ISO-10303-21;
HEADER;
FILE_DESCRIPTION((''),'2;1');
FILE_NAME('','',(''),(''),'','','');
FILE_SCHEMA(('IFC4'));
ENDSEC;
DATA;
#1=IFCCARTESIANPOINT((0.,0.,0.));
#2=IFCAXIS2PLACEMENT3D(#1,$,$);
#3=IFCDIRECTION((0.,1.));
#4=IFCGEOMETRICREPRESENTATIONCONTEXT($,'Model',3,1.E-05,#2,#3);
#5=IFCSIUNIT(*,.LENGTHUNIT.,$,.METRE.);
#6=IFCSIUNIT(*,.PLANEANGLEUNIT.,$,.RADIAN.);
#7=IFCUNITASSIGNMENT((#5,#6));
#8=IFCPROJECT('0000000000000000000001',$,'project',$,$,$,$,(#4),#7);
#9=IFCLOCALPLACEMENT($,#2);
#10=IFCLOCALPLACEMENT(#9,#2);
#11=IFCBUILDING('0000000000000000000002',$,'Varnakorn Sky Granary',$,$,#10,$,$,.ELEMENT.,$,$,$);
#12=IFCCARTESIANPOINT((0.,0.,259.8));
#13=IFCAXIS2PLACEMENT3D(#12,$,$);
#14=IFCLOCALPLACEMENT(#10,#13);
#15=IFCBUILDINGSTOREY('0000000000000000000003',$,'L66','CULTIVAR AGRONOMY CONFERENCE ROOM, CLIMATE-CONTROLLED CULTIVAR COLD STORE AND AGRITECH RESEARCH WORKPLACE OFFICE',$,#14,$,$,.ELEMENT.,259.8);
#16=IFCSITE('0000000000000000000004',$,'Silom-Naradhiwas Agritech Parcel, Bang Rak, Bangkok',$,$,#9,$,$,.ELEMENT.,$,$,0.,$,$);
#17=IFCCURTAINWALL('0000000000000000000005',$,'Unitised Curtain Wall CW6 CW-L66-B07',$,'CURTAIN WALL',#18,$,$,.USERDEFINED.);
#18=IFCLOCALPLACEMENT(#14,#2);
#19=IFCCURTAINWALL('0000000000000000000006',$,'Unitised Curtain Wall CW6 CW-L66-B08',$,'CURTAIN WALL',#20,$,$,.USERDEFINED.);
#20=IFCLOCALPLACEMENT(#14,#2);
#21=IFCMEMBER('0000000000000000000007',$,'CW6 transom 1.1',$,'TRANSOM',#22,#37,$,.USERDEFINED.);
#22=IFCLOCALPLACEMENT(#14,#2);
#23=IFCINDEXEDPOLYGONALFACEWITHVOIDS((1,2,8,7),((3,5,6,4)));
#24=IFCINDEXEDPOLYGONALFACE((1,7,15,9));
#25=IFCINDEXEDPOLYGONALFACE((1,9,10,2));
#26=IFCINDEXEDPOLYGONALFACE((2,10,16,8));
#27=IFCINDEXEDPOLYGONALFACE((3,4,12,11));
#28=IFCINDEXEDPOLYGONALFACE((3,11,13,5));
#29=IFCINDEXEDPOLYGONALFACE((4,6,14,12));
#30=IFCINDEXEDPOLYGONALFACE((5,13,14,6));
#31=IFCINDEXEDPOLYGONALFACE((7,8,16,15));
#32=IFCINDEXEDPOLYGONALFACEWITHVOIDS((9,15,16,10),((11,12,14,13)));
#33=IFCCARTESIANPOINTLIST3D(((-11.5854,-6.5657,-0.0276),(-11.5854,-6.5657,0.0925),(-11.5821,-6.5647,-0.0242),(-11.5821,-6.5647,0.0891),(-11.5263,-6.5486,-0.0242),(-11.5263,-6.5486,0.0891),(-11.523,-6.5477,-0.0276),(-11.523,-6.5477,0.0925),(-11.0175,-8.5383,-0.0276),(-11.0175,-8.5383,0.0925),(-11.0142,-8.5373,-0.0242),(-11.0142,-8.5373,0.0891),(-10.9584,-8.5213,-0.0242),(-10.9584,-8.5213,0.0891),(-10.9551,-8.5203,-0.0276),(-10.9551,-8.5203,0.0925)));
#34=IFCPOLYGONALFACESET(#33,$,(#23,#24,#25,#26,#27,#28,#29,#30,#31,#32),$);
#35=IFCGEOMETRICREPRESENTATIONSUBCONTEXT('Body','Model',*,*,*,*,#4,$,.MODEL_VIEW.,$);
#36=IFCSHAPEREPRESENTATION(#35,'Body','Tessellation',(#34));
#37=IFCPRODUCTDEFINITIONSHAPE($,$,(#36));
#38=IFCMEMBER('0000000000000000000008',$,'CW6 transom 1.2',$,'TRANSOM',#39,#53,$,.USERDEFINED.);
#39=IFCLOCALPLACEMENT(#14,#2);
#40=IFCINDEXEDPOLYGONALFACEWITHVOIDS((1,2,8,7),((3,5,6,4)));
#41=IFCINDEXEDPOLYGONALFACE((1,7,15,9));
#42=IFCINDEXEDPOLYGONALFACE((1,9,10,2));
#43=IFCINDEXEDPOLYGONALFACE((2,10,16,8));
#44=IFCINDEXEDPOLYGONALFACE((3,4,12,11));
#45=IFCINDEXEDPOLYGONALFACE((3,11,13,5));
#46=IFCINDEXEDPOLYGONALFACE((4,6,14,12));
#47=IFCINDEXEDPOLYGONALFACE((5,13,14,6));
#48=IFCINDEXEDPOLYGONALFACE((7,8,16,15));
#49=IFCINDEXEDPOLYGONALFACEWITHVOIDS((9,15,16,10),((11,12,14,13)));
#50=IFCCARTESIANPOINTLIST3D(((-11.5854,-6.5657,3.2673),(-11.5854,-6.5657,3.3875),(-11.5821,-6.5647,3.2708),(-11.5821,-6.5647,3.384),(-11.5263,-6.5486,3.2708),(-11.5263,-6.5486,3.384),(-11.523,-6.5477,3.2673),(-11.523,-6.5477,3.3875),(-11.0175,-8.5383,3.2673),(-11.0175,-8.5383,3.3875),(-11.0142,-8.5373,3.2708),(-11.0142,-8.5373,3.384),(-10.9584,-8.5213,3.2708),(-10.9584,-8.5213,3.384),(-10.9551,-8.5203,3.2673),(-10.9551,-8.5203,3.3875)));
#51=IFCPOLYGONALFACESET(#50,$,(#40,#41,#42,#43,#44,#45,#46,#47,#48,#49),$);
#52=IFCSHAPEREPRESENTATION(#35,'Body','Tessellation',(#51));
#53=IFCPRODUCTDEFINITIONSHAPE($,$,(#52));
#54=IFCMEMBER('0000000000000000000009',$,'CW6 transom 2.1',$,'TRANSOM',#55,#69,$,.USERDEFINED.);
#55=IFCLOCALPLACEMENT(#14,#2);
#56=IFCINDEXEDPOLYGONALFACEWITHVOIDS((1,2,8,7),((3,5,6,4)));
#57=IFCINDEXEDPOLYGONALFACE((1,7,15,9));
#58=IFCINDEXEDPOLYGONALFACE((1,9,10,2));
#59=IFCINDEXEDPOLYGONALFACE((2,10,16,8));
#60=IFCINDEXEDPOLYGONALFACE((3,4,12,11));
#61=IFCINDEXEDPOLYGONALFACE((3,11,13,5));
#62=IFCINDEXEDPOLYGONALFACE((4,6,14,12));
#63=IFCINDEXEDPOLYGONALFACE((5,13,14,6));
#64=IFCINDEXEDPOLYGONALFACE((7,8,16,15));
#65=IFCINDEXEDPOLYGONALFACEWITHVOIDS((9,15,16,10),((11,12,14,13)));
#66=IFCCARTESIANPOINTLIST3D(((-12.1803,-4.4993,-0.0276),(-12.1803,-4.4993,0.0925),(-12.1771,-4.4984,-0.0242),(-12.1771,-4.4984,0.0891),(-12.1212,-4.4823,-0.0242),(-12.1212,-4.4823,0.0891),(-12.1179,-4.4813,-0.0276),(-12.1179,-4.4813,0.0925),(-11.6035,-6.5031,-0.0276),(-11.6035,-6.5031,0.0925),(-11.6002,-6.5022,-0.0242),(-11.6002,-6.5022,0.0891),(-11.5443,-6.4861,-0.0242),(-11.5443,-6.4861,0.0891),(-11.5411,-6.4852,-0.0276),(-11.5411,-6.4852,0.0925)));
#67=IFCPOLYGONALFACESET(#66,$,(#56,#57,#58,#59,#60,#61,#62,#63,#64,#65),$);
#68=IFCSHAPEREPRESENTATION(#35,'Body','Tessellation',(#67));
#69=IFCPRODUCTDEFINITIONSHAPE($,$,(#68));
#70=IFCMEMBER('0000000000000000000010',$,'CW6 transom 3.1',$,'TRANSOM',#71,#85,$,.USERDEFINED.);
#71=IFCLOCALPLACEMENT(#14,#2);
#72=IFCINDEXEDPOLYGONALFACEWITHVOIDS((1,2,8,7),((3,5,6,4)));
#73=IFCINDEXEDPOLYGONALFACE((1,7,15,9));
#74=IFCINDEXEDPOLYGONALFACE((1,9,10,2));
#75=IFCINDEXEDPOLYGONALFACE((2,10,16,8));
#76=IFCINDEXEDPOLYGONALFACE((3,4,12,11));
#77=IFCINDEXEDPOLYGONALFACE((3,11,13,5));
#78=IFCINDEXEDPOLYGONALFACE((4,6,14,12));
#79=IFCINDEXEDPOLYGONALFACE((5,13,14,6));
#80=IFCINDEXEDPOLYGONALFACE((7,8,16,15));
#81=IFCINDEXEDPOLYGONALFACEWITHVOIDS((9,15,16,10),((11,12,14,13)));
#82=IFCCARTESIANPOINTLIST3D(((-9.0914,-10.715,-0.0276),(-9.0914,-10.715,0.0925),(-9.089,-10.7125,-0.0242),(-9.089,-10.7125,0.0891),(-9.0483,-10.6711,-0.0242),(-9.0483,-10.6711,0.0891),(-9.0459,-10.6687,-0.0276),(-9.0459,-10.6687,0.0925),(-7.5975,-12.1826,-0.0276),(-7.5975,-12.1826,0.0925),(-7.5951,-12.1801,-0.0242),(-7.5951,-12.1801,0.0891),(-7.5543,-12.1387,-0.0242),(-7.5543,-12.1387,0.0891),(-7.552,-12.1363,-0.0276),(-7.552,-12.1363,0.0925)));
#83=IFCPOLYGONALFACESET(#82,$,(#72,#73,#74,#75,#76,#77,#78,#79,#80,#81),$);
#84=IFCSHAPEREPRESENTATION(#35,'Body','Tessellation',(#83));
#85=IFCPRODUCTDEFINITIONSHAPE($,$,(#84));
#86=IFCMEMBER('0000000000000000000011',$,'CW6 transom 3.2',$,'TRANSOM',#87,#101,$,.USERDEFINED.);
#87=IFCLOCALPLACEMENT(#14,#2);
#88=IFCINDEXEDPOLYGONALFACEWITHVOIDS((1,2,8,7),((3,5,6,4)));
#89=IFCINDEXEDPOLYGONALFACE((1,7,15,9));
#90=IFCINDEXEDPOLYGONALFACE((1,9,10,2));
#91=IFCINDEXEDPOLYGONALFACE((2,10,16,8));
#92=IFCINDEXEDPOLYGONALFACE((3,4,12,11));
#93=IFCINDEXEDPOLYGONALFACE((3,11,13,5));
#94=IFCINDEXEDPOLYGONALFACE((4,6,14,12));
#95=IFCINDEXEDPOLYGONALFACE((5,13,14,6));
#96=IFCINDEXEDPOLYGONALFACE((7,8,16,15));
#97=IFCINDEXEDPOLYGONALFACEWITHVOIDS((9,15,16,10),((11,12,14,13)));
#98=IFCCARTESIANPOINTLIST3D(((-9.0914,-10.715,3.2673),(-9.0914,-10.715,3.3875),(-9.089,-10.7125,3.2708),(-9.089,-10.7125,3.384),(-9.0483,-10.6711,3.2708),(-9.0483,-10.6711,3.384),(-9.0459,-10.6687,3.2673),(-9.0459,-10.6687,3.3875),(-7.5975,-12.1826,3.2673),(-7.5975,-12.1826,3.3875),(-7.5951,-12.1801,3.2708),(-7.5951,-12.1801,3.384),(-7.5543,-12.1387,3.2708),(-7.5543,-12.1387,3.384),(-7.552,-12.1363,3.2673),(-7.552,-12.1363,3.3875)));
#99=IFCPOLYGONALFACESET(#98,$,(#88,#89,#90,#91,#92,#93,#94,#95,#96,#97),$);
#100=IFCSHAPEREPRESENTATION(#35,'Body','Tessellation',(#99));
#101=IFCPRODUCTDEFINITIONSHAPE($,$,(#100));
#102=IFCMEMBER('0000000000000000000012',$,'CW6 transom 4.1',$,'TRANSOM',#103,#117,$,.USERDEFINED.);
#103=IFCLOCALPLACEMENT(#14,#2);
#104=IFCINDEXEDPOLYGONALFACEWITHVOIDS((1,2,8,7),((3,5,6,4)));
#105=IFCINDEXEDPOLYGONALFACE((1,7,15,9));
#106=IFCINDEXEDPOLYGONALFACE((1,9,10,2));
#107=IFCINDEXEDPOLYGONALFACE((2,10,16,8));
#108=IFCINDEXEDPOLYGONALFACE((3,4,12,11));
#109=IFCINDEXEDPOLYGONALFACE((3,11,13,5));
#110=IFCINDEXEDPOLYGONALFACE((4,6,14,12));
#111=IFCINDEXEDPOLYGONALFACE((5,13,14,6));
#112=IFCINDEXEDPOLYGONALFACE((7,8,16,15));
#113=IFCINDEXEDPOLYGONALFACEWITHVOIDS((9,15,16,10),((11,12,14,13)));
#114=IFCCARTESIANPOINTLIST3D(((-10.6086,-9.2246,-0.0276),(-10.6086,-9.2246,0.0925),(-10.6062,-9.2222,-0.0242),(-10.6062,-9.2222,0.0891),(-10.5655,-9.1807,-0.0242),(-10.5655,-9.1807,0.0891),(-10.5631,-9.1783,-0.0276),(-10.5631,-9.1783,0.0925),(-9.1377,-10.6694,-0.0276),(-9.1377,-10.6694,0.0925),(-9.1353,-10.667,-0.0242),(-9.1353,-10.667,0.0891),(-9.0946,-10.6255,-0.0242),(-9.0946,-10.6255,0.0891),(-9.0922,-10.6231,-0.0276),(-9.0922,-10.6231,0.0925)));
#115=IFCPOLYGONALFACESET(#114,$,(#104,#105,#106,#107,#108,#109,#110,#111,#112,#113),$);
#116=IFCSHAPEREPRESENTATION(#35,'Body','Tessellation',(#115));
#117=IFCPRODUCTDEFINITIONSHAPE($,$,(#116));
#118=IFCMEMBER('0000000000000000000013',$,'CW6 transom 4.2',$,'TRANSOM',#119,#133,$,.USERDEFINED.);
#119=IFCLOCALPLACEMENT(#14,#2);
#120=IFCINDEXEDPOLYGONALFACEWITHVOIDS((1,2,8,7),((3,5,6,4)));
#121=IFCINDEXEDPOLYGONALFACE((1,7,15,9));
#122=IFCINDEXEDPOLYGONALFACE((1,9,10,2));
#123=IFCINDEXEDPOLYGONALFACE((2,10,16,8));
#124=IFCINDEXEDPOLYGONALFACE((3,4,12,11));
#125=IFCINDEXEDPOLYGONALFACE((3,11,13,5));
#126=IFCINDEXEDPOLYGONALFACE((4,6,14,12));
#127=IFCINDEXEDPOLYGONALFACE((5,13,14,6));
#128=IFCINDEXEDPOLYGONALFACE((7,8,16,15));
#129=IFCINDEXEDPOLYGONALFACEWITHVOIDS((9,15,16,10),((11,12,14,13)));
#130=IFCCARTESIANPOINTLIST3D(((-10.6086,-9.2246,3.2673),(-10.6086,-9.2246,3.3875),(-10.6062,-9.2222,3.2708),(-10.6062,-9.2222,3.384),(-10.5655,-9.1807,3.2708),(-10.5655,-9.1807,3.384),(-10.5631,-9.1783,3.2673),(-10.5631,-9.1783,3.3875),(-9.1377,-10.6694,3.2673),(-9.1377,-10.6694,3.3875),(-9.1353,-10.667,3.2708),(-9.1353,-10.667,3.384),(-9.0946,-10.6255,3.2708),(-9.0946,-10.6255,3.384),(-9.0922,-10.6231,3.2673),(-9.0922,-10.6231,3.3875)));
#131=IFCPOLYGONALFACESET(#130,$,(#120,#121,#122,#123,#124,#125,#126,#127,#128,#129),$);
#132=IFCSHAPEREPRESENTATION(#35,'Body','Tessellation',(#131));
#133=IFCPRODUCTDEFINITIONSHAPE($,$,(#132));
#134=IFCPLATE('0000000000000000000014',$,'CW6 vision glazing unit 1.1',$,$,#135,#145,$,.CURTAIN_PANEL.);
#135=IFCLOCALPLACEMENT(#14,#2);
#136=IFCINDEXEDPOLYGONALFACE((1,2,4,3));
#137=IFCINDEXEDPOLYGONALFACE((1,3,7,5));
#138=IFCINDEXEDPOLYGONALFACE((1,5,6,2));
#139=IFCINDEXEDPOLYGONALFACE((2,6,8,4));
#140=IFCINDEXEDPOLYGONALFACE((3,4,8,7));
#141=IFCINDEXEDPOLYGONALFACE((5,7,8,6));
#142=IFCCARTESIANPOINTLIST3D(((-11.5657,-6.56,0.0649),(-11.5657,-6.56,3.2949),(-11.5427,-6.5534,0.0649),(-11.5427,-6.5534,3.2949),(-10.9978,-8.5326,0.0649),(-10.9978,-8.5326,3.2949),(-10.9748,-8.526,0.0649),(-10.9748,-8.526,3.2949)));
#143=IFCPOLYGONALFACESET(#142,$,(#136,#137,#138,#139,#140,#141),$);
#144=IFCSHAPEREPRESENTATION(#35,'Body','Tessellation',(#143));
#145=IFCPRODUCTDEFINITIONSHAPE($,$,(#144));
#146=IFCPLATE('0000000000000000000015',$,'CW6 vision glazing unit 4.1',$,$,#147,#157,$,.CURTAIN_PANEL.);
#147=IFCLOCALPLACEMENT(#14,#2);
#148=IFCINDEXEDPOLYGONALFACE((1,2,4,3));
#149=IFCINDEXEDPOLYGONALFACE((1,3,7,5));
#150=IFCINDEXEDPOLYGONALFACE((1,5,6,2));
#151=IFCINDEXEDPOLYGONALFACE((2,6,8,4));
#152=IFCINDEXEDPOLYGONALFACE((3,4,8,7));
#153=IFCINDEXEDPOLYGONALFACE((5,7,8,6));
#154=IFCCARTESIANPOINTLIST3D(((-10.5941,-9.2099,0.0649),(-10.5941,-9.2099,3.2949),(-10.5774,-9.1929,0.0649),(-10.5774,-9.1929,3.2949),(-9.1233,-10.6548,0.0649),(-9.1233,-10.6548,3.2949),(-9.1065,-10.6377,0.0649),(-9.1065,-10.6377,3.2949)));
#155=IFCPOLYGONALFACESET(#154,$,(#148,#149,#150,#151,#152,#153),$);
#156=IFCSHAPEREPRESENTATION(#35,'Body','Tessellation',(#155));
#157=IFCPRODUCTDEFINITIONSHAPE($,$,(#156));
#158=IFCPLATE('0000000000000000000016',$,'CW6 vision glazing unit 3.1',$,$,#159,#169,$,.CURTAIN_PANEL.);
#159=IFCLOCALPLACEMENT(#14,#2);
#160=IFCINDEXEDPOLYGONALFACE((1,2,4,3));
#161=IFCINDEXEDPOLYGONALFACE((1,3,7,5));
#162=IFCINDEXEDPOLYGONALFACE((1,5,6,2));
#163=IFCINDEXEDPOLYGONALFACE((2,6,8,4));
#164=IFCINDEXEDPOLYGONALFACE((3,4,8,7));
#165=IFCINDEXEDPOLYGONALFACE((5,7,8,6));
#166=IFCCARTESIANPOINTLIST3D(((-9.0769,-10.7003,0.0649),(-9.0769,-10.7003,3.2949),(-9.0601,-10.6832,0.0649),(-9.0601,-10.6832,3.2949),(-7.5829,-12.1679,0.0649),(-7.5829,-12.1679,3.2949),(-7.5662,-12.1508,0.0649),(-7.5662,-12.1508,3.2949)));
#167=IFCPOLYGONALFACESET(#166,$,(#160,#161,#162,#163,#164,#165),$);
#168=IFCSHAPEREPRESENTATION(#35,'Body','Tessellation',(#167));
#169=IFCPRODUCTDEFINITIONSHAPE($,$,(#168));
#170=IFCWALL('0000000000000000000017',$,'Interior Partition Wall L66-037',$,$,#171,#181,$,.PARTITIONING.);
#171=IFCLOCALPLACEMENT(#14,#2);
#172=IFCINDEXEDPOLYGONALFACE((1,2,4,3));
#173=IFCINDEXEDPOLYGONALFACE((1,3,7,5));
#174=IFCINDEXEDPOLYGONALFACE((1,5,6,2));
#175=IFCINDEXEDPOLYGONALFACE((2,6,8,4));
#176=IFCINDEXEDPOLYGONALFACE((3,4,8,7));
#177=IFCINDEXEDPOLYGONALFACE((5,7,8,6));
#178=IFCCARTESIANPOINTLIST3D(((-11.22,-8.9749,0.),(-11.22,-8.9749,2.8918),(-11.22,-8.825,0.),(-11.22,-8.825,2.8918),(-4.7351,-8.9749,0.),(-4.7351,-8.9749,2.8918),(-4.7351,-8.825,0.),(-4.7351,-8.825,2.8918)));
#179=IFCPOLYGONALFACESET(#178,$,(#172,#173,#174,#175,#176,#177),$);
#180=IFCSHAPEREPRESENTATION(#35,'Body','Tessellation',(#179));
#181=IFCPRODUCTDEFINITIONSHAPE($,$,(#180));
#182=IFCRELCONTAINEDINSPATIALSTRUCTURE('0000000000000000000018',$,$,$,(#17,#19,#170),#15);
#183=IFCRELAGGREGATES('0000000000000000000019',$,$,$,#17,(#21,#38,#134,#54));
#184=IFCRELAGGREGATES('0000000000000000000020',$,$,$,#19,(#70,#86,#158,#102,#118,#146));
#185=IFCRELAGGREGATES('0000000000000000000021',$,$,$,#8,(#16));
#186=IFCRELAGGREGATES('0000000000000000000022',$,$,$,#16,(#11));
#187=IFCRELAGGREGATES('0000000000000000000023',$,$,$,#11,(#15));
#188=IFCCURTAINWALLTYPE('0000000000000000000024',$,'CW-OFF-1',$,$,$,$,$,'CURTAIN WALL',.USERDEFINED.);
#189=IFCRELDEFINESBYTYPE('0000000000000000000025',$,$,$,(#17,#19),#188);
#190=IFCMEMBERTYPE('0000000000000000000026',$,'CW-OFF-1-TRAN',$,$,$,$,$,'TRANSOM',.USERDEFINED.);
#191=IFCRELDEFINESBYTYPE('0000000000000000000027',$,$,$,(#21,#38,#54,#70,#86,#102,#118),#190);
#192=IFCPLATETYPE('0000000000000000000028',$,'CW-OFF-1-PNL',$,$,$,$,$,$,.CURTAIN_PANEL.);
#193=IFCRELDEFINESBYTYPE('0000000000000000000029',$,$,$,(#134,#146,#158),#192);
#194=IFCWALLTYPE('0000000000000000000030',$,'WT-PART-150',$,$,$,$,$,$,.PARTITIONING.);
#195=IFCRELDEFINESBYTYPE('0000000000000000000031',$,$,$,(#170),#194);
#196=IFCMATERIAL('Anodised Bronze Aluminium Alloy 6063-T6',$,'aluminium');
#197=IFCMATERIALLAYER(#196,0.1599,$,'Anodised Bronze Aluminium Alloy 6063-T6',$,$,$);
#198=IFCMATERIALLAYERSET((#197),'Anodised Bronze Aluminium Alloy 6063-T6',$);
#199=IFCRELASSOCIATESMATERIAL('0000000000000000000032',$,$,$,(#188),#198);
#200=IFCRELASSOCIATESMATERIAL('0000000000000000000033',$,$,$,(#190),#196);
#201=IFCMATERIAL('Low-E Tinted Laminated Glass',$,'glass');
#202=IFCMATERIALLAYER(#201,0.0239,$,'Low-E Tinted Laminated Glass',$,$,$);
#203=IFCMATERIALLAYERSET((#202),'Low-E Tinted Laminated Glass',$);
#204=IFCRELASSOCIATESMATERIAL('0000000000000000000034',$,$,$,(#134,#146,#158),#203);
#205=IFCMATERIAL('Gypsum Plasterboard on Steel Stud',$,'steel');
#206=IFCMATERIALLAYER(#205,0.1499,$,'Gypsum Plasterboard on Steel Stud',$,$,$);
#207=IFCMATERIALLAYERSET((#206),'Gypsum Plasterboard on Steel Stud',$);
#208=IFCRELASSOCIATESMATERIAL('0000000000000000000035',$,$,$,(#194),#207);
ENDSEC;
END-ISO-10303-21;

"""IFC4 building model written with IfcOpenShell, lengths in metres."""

from ifc_helpers import new_model, si_unit, direction, frame, frame_2d, origin, origin_2d, place, context, subcontext, project, spatial, rectangle, hollow_rectangle, extrude, source, transform, mapped, material, layer, layer_set, material_profile, profile_set, type_object, type_shapes, element, aggregate, save


model = new_model("IFC4")

# Units and contexts
model_context = context("Model", 3, precision=1e-05, world=origin(), true_north=direction((0.0, 1.0)))
body_context = subcontext(model_context, "Body", "Model", "MODEL_VIEW")
ifc_project = project(units=[si_unit("LENGTHUNIT", "METRE"), si_unit("PLANEANGLEUNIT", "RADIAN")], contexts=[model_context])

# Site, building, storey
site_placement = place(None, origin())
site = spatial("IfcSite", under=ifc_project, at=site_placement, Name="Silom-Naradhiwas Agritech Parcel, Bang Rak, Bangkok", CompositionType="ELEMENT", RefElevation=0.0)
building_placement = place(site_placement, origin())
building = spatial("IfcBuilding", under=site, at=building_placement, Name="Varnakorn Sky Granary", CompositionType="ELEMENT")
storey_placement = place(building_placement, frame((0.0, 0.0, 259.8)))
storey = spatial("IfcBuildingStorey", under=building, at=storey_placement, Name="L66", Description="CULTIVAR AGRONOMY CONFERENCE ROOM, CLIMATE-CONTROLLED CULTIVAR COLD STORE AND AGRITECH RESEARCH WORKPLACE OFFICE", CompositionType="ELEMENT", Elevation=259.8)

# Curtain walls
ifc_material_1 = material(Name="Anodised Bronze Aluminium Alloy 6063-T6", Category="aluminium")
ifc_layer_1 = layer(ifc_material_1, 0.1599, Name="Anodised Bronze Aluminium Alloy 6063-T6")
ifc_layer_set_1 = layer_set([ifc_layer_1], Name="Anodised Bronze Aluminium Alloy 6063-T6")
curtain_wall_type = type_object("IfcCurtainWallType", Name="CW-OFF-1", ElementType="CURTAIN WALL", PredefinedType="USERDEFINED", material=ifc_layer_set_1)
curtain_wall_1_placement = place(storey_placement, origin())
curtain_wall_1 = element("IfcCurtainWall", 1, at=curtain_wall_1_placement, inside=storey, type_object=curtain_wall_type, Name="Unitised Curtain Wall CW6 CW-L66-B07", ObjectType="CURTAIN WALL", PredefinedType="USERDEFINED")
curtain_wall_2_placement = place(storey_placement, origin())
curtain_wall_2 = element("IfcCurtainWall", 2, at=curtain_wall_2_placement, inside=storey, type_object=curtain_wall_type, Name="Unitised Curtain Wall CW6 CW-L66-B08", ObjectType="CURTAIN WALL", PredefinedType="USERDEFINED")

# Members
ifc_material_profile_1 = material_profile(ifc_material_1, hollow_rectangle(XDim=0.0649, YDim=0.1201, WallThickness=0.0034, at=origin_2d()), Name="ALU TRAN 65x120")
ifc_profile_set_1 = profile_set([ifc_material_profile_1], Name="Anodised Bronze Aluminium Alloy 6063-T6")
member_type_1 = type_object("IfcMemberType", Name="CW-OFF-1-TRAN", ElementType="TRANSOM", PredefinedType="USERDEFINED", material=ifc_profile_set_1)
member_1_placement = place(storey_placement, frame((-10.9863, -8.5293, 0.0325), z_axis=(-0.276637, 0.960974, 0.0), x_axis=(-0.960974, -0.276637, 0.0)))
member_1 = element("IfcMember", 3, at=member_1_placement, type_object=member_type_1, Name="CW6 transom 1.1", ObjectType="TRANSOM", PredefinedType="USERDEFINED", context=body_context, shape_type="SweptSolid", body=[
    extrude(hollow_rectangle(XDim=0.0649, YDim=0.1201, WallThickness=0.0034, at=origin_2d()), origin(), (0.0, 0.0, 1.0), 2.0527),
])
member_2_placement = place(storey_placement, frame((-10.9863, -8.5293, 3.3274), z_axis=(-0.276637, 0.960974, 0.0), x_axis=(-0.960974, -0.276637, 0.0)))
member_2 = element("IfcMember", 4, at=member_2_placement, type_object=member_type_1, Name="CW6 transom 1.2", ObjectType="TRANSOM", PredefinedType="USERDEFINED", context=body_context, shape_type="SweptSolid", body=[
    extrude(hollow_rectangle(XDim=0.0649, YDim=0.1201, WallThickness=0.0034, at=origin_2d()), origin(), (0.0, 0.0, 1.0), 2.0527),
])
member_3_placement = place(storey_placement, frame((-11.5723, -6.4941, 0.0325), z_axis=(-0.276653, 0.96097, 0.0), x_axis=(-0.96097, -0.276653, 0.0)))
member_3 = element("IfcMember", 5, at=member_3_placement, type_object=member_type_1, Name="CW6 transom 2.1", ObjectType="TRANSOM", PredefinedType="USERDEFINED", context=body_context, shape_type="SweptSolid", body=[
    extrude(hollow_rectangle(XDim=0.0649, YDim=0.1201, WallThickness=0.0034, at=origin_2d()), origin(), (0.0, 0.0, 1.0), 2.0852),
])
member_4_placement = place(storey_placement, frame((-7.5747, -12.1594, 0.0325), z_axis=(-0.713374, 0.700783, 0.0), x_axis=(-0.700783, -0.713374, 0.0)))
member_4 = element("IfcMember", 6, at=member_4_placement, type_object=member_type_1, Name="CW6 transom 3.1", ObjectType="TRANSOM", PredefinedType="USERDEFINED", context=body_context, shape_type="SweptSolid", body=[
    extrude(hollow_rectangle(XDim=0.0649, YDim=0.1201, WallThickness=0.0034, at=origin_2d()), origin(), (0.0, 0.0, 1.0), 2.0942),
])
member_5_placement = place(storey_placement, frame((-7.5747, -12.1594, 3.3274), z_axis=(-0.713374, 0.700783, 0.0), x_axis=(-0.700783, -0.713374, 0.0)))
member_5 = element("IfcMember", 7, at=member_5_placement, type_object=member_type_1, Name="CW6 transom 3.2", ObjectType="TRANSOM", PredefinedType="USERDEFINED", context=body_context, shape_type="SweptSolid", body=[
    extrude(hollow_rectangle(XDim=0.0649, YDim=0.1201, WallThickness=0.0034, at=origin_2d()), origin(), (0.0, 0.0, 1.0), 2.0942),
])
member_6_placement = place(storey_placement, frame((-9.115, -10.6462, 0.0325), z_axis=(-0.713413, 0.700744, 0.0), x_axis=(-0.700744, -0.713413, 0.0)))
member_6 = element("IfcMember", 8, at=member_6_placement, type_object=member_type_1, Name="CW6 transom 4.1", ObjectType="TRANSOM", PredefinedType="USERDEFINED", context=body_context, shape_type="SweptSolid", body=[
    extrude(hollow_rectangle(XDim=0.0649, YDim=0.1201, WallThickness=0.0034, at=origin_2d()), origin(), (0.0, 0.0, 1.0), 2.0618),
])
member_7_placement = place(storey_placement, frame((-9.115, -10.6462, 3.3274), z_axis=(-0.713413, 0.700744, 0.0), x_axis=(-0.700744, -0.713413, 0.0)))
member_7 = element("IfcMember", 9, at=member_7_placement, type_object=member_type_1, Name="CW6 transom 4.2", ObjectType="TRANSOM", PredefinedType="USERDEFINED", context=body_context, shape_type="SweptSolid", body=[
    extrude(hollow_rectangle(XDim=0.0649, YDim=0.1201, WallThickness=0.0034, at=origin_2d()), origin(), (0.0, 0.0, 1.0), 2.0618),
])

# Plates
ifc_material_2 = material(Name="Low-E Tinted Laminated Glass", Category="glass")
ifc_layer_2 = layer(ifc_material_2, 0.0239, Name="Low-E Tinted Laminated Glass")
ifc_layer_set_2 = layer_set([ifc_layer_2], Name="Low-E Tinted Laminated Glass")
plate_type = type_object("IfcPlateType", Name="CW-OFF-1-PNL", PredefinedType="CURTAIN_PANEL")
shared_shape_1 = source(origin(), body_context, "Body", "SweptSolid", [
    extrude(rectangle(XDim=2.0527, YDim=0.0239, at=origin_2d()), origin(), (0.0, 0.0, 1.0), 3.23),
])
plate_1_placement = place(storey_placement, frame((-11.2703, -7.543, 0.0649), z_axis=(0.0, 0.0, 1.0), x_axis=(-0.276677, 0.960963, 0.0)))
plate_1 = element("IfcPlate", 10, at=plate_1_placement, type_object=plate_type, material=ifc_layer_set_2, Name="CW6 vision glazing unit 1.1", PredefinedType="CURTAIN_PANEL", context=body_context, shape_type="MappedRepresentation", body=[
    mapped(shared_shape_1, transform((0.0, 0.0, 0.0), x_axis=(1.0, 0.0, 0.0), y_axis=(0.0, 1.0, 0.0), z_axis=(0.0, 0.0, 1.0), scale=1.0)),
])
aggregate(curtain_wall_1, [member_1, member_2, plate_1, member_3])
shared_shape_2 = source(origin(), body_context, "Body", "SweptSolid", [
    extrude(rectangle(XDim=2.0618, YDim=0.0239, at=origin_2d()), origin(), (0.0, 0.0, 1.0), 3.23),
])
plate_2_placement = place(storey_placement, frame((-9.8503, -9.9238, 0.0649), z_axis=(0.0, 0.0, 1.0), x_axis=(-0.713383, 0.700774, 0.0)))
plate_2 = element("IfcPlate", 11, at=plate_2_placement, type_object=plate_type, material=ifc_layer_set_2, Name="CW6 vision glazing unit 4.1", PredefinedType="CURTAIN_PANEL", context=body_context, shape_type="MappedRepresentation", body=[
    mapped(shared_shape_2, transform((0.0, 0.0, 0.0), x_axis=(1.0, 0.0, 0.0), y_axis=(0.0, 1.0, 0.0), z_axis=(0.0, 0.0, 1.0), scale=1.0)),
])
shared_shape_3 = source(origin(), body_context, "Body", "SweptSolid", [
    extrude(rectangle(XDim=2.0942, YDim=0.0239, at=origin_2d()), origin(), (0.0, 0.0, 1.0), 3.23),
])
type_shapes(plate_type, [shared_shape_1, shared_shape_2, shared_shape_3])
plate_3_placement = place(storey_placement, frame((-8.3215, -11.4255, 0.0649), z_axis=(0.0, 0.0, 1.0), x_axis=(-0.713383, 0.700774, 0.0)))
plate_3 = element("IfcPlate", 12, at=plate_3_placement, type_object=plate_type, material=ifc_layer_set_2, Name="CW6 vision glazing unit 3.1", PredefinedType="CURTAIN_PANEL", context=body_context, shape_type="MappedRepresentation", body=[
    mapped(shared_shape_3, transform((0.0, 0.0, 0.0), x_axis=(1.0, 0.0, 0.0), y_axis=(0.0, 1.0, 0.0), z_axis=(0.0, 0.0, 1.0), scale=1.0)),
])
aggregate(curtain_wall_2, [member_4, member_5, plate_3, member_6, member_7, plate_2])

# Wall
ifc_material_3 = material(Name="Gypsum Plasterboard on Steel Stud", Category="steel")
ifc_layer_3 = layer(ifc_material_3, 0.1499, Name="Gypsum Plasterboard on Steel Stud")
ifc_layer_set_3 = layer_set([ifc_layer_3], Name="Gypsum Plasterboard on Steel Stud")
wall_type = type_object("IfcWallType", Name="WT-PART-150", PredefinedType="PARTITIONING", material=ifc_layer_set_3)
wall_placement = place(storey_placement, frame((-11.22, -8.8999, 0.0), z_axis=(0.0, 0.0, 1.0), x_axis=(1.0, 0.0, 0.0)))
element("IfcWall", 13, at=wall_placement, inside=storey, type_object=wall_type, Name="Interior Partition Wall L66-037", PredefinedType="PARTITIONING", context=body_context, shape_type="SweptSolid", body=[
    extrude(rectangle(XDim=6.4849, YDim=0.1499, at=frame_2d((3.2424, 0.0))), origin(), (0.0, 0.0, 1.0), 2.8918),
])

save(model, "model.ifc")
